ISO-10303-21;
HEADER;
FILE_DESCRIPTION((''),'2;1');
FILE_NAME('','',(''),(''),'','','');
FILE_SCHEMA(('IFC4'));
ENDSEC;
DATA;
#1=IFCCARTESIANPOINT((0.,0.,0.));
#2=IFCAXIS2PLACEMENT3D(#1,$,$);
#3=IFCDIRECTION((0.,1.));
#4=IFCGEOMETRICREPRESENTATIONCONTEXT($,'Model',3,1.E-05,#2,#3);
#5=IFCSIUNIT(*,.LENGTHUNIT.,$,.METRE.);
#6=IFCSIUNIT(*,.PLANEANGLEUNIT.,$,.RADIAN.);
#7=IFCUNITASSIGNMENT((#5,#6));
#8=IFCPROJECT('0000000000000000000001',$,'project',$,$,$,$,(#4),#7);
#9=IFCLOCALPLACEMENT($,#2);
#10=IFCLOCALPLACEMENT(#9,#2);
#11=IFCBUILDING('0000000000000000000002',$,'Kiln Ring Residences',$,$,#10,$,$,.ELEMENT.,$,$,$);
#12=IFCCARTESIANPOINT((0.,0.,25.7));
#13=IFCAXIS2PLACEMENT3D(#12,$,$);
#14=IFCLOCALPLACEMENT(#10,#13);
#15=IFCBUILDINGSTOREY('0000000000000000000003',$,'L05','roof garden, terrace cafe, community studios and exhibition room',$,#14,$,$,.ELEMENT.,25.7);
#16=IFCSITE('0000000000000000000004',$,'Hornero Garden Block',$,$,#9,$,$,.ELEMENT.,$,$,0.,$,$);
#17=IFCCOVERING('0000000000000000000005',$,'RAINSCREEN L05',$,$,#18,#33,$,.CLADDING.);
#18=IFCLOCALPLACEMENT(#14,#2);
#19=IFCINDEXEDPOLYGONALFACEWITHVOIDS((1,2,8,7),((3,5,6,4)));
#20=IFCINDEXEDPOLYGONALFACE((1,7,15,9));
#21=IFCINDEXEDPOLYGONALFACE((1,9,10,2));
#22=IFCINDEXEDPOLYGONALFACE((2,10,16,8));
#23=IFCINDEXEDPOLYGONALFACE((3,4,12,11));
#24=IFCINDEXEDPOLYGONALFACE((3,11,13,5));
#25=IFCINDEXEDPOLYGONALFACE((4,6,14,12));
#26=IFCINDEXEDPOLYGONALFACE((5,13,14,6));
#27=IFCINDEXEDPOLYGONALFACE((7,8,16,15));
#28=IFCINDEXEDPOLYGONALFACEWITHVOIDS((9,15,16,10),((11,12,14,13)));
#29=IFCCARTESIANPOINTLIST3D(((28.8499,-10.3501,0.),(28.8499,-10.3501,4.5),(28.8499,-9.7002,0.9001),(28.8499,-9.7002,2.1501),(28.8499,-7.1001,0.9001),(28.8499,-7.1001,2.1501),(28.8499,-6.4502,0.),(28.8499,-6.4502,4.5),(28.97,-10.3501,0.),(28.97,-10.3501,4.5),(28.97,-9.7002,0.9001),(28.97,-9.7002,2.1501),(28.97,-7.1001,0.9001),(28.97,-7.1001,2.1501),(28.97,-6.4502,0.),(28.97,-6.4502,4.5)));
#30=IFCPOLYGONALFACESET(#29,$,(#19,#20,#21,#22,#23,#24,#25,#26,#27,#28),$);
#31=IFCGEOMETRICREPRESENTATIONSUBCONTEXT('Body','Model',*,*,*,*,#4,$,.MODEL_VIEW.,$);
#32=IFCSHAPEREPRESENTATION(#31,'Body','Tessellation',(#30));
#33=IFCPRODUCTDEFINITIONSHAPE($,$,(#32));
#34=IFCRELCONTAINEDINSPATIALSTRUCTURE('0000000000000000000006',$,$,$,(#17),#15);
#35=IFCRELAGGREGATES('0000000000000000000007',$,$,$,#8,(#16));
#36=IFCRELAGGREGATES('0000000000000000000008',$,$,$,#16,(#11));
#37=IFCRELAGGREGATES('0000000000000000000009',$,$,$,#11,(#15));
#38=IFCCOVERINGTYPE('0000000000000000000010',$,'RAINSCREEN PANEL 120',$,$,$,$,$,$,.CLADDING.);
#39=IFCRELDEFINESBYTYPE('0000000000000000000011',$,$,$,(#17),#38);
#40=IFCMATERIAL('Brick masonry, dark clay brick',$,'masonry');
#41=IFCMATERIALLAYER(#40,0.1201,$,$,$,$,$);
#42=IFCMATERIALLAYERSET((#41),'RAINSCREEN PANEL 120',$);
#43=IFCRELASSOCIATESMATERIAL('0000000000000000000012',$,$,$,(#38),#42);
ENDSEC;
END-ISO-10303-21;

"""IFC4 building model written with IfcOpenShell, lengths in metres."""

from ifc_helpers import new_model, si_unit, direction, frame, origin, place, context, subcontext, project, spatial, polyline, outline, extrude, material, layer, layer_set, type_object, element, save


model = new_model("IFC4")

# Units and contexts
model_context = context("Model", 3, precision=1e-05, world=origin(), true_north=direction((0.0, 1.0)))
body_context = subcontext(model_context, "Body", "Model", "MODEL_VIEW")
ifc_project = project(units=[si_unit("LENGTHUNIT", "METRE"), si_unit("PLANEANGLEUNIT", "RADIAN")], contexts=[model_context])

# Site, building, storey
site_placement = place(None, origin())
site = spatial("IfcSite", under=ifc_project, at=site_placement, Name="Hornero Garden Block", CompositionType="ELEMENT", RefElevation=0.0)
building_placement = place(site_placement, origin())
building = spatial("IfcBuilding", under=site, at=building_placement, Name="Kiln Ring Residences", CompositionType="ELEMENT")
storey_placement = place(building_placement, frame((0.0, 0.0, 25.7)))
storey = spatial("IfcBuildingStorey", under=building, at=storey_placement, Name="L05", Description="roof garden, terrace cafe, community studios and exhibition room", CompositionType="ELEMENT", Elevation=25.7)

# Covering
ifc_material_1 = material(Name="Brick masonry, dark clay brick", Category="masonry")
ifc_layer_1 = layer(ifc_material_1, 0.1201)
ifc_layer_set_1 = layer_set([ifc_layer_1], Name="RAINSCREEN PANEL 120")
covering_type = type_object("IfcCoveringType", Name="RAINSCREEN PANEL 120", PredefinedType="CLADDING", material=ifc_layer_set_1)
covering_1_placement = place(storey_placement, frame((28.9099, -10.3501, 0.0), z_axis=(0.0, 0.0, 1.0), x_axis=(0.0, 1.0, 0.0)))
element("IfcCovering", 1, at=covering_1_placement, inside=storey, type_object=covering_type, Name="RAINSCREEN L05", PredefinedType="CLADDING", context=body_context, shape_type="SweptSolid", body=[
    extrude(outline(polyline([(0.0, 0.0), (3.8999, 0.0), (3.8999, 4.5), (0.0, 4.5), (0.0, 0.0)]), holes=[polyline([(0.6499, 2.1501), (0.6499, 0.9001), (3.25, 0.9001), (3.25, 2.1501), (0.6499, 2.1501)])]), frame((0.0, 0.0601, 0.0), z_axis=(0.0, -1.0, 0.0), x_axis=(1.0, 0.0, 0.0)), (0.0, 0.0, 1.0), 0.1201),
])

save(model, "model.ifc")
